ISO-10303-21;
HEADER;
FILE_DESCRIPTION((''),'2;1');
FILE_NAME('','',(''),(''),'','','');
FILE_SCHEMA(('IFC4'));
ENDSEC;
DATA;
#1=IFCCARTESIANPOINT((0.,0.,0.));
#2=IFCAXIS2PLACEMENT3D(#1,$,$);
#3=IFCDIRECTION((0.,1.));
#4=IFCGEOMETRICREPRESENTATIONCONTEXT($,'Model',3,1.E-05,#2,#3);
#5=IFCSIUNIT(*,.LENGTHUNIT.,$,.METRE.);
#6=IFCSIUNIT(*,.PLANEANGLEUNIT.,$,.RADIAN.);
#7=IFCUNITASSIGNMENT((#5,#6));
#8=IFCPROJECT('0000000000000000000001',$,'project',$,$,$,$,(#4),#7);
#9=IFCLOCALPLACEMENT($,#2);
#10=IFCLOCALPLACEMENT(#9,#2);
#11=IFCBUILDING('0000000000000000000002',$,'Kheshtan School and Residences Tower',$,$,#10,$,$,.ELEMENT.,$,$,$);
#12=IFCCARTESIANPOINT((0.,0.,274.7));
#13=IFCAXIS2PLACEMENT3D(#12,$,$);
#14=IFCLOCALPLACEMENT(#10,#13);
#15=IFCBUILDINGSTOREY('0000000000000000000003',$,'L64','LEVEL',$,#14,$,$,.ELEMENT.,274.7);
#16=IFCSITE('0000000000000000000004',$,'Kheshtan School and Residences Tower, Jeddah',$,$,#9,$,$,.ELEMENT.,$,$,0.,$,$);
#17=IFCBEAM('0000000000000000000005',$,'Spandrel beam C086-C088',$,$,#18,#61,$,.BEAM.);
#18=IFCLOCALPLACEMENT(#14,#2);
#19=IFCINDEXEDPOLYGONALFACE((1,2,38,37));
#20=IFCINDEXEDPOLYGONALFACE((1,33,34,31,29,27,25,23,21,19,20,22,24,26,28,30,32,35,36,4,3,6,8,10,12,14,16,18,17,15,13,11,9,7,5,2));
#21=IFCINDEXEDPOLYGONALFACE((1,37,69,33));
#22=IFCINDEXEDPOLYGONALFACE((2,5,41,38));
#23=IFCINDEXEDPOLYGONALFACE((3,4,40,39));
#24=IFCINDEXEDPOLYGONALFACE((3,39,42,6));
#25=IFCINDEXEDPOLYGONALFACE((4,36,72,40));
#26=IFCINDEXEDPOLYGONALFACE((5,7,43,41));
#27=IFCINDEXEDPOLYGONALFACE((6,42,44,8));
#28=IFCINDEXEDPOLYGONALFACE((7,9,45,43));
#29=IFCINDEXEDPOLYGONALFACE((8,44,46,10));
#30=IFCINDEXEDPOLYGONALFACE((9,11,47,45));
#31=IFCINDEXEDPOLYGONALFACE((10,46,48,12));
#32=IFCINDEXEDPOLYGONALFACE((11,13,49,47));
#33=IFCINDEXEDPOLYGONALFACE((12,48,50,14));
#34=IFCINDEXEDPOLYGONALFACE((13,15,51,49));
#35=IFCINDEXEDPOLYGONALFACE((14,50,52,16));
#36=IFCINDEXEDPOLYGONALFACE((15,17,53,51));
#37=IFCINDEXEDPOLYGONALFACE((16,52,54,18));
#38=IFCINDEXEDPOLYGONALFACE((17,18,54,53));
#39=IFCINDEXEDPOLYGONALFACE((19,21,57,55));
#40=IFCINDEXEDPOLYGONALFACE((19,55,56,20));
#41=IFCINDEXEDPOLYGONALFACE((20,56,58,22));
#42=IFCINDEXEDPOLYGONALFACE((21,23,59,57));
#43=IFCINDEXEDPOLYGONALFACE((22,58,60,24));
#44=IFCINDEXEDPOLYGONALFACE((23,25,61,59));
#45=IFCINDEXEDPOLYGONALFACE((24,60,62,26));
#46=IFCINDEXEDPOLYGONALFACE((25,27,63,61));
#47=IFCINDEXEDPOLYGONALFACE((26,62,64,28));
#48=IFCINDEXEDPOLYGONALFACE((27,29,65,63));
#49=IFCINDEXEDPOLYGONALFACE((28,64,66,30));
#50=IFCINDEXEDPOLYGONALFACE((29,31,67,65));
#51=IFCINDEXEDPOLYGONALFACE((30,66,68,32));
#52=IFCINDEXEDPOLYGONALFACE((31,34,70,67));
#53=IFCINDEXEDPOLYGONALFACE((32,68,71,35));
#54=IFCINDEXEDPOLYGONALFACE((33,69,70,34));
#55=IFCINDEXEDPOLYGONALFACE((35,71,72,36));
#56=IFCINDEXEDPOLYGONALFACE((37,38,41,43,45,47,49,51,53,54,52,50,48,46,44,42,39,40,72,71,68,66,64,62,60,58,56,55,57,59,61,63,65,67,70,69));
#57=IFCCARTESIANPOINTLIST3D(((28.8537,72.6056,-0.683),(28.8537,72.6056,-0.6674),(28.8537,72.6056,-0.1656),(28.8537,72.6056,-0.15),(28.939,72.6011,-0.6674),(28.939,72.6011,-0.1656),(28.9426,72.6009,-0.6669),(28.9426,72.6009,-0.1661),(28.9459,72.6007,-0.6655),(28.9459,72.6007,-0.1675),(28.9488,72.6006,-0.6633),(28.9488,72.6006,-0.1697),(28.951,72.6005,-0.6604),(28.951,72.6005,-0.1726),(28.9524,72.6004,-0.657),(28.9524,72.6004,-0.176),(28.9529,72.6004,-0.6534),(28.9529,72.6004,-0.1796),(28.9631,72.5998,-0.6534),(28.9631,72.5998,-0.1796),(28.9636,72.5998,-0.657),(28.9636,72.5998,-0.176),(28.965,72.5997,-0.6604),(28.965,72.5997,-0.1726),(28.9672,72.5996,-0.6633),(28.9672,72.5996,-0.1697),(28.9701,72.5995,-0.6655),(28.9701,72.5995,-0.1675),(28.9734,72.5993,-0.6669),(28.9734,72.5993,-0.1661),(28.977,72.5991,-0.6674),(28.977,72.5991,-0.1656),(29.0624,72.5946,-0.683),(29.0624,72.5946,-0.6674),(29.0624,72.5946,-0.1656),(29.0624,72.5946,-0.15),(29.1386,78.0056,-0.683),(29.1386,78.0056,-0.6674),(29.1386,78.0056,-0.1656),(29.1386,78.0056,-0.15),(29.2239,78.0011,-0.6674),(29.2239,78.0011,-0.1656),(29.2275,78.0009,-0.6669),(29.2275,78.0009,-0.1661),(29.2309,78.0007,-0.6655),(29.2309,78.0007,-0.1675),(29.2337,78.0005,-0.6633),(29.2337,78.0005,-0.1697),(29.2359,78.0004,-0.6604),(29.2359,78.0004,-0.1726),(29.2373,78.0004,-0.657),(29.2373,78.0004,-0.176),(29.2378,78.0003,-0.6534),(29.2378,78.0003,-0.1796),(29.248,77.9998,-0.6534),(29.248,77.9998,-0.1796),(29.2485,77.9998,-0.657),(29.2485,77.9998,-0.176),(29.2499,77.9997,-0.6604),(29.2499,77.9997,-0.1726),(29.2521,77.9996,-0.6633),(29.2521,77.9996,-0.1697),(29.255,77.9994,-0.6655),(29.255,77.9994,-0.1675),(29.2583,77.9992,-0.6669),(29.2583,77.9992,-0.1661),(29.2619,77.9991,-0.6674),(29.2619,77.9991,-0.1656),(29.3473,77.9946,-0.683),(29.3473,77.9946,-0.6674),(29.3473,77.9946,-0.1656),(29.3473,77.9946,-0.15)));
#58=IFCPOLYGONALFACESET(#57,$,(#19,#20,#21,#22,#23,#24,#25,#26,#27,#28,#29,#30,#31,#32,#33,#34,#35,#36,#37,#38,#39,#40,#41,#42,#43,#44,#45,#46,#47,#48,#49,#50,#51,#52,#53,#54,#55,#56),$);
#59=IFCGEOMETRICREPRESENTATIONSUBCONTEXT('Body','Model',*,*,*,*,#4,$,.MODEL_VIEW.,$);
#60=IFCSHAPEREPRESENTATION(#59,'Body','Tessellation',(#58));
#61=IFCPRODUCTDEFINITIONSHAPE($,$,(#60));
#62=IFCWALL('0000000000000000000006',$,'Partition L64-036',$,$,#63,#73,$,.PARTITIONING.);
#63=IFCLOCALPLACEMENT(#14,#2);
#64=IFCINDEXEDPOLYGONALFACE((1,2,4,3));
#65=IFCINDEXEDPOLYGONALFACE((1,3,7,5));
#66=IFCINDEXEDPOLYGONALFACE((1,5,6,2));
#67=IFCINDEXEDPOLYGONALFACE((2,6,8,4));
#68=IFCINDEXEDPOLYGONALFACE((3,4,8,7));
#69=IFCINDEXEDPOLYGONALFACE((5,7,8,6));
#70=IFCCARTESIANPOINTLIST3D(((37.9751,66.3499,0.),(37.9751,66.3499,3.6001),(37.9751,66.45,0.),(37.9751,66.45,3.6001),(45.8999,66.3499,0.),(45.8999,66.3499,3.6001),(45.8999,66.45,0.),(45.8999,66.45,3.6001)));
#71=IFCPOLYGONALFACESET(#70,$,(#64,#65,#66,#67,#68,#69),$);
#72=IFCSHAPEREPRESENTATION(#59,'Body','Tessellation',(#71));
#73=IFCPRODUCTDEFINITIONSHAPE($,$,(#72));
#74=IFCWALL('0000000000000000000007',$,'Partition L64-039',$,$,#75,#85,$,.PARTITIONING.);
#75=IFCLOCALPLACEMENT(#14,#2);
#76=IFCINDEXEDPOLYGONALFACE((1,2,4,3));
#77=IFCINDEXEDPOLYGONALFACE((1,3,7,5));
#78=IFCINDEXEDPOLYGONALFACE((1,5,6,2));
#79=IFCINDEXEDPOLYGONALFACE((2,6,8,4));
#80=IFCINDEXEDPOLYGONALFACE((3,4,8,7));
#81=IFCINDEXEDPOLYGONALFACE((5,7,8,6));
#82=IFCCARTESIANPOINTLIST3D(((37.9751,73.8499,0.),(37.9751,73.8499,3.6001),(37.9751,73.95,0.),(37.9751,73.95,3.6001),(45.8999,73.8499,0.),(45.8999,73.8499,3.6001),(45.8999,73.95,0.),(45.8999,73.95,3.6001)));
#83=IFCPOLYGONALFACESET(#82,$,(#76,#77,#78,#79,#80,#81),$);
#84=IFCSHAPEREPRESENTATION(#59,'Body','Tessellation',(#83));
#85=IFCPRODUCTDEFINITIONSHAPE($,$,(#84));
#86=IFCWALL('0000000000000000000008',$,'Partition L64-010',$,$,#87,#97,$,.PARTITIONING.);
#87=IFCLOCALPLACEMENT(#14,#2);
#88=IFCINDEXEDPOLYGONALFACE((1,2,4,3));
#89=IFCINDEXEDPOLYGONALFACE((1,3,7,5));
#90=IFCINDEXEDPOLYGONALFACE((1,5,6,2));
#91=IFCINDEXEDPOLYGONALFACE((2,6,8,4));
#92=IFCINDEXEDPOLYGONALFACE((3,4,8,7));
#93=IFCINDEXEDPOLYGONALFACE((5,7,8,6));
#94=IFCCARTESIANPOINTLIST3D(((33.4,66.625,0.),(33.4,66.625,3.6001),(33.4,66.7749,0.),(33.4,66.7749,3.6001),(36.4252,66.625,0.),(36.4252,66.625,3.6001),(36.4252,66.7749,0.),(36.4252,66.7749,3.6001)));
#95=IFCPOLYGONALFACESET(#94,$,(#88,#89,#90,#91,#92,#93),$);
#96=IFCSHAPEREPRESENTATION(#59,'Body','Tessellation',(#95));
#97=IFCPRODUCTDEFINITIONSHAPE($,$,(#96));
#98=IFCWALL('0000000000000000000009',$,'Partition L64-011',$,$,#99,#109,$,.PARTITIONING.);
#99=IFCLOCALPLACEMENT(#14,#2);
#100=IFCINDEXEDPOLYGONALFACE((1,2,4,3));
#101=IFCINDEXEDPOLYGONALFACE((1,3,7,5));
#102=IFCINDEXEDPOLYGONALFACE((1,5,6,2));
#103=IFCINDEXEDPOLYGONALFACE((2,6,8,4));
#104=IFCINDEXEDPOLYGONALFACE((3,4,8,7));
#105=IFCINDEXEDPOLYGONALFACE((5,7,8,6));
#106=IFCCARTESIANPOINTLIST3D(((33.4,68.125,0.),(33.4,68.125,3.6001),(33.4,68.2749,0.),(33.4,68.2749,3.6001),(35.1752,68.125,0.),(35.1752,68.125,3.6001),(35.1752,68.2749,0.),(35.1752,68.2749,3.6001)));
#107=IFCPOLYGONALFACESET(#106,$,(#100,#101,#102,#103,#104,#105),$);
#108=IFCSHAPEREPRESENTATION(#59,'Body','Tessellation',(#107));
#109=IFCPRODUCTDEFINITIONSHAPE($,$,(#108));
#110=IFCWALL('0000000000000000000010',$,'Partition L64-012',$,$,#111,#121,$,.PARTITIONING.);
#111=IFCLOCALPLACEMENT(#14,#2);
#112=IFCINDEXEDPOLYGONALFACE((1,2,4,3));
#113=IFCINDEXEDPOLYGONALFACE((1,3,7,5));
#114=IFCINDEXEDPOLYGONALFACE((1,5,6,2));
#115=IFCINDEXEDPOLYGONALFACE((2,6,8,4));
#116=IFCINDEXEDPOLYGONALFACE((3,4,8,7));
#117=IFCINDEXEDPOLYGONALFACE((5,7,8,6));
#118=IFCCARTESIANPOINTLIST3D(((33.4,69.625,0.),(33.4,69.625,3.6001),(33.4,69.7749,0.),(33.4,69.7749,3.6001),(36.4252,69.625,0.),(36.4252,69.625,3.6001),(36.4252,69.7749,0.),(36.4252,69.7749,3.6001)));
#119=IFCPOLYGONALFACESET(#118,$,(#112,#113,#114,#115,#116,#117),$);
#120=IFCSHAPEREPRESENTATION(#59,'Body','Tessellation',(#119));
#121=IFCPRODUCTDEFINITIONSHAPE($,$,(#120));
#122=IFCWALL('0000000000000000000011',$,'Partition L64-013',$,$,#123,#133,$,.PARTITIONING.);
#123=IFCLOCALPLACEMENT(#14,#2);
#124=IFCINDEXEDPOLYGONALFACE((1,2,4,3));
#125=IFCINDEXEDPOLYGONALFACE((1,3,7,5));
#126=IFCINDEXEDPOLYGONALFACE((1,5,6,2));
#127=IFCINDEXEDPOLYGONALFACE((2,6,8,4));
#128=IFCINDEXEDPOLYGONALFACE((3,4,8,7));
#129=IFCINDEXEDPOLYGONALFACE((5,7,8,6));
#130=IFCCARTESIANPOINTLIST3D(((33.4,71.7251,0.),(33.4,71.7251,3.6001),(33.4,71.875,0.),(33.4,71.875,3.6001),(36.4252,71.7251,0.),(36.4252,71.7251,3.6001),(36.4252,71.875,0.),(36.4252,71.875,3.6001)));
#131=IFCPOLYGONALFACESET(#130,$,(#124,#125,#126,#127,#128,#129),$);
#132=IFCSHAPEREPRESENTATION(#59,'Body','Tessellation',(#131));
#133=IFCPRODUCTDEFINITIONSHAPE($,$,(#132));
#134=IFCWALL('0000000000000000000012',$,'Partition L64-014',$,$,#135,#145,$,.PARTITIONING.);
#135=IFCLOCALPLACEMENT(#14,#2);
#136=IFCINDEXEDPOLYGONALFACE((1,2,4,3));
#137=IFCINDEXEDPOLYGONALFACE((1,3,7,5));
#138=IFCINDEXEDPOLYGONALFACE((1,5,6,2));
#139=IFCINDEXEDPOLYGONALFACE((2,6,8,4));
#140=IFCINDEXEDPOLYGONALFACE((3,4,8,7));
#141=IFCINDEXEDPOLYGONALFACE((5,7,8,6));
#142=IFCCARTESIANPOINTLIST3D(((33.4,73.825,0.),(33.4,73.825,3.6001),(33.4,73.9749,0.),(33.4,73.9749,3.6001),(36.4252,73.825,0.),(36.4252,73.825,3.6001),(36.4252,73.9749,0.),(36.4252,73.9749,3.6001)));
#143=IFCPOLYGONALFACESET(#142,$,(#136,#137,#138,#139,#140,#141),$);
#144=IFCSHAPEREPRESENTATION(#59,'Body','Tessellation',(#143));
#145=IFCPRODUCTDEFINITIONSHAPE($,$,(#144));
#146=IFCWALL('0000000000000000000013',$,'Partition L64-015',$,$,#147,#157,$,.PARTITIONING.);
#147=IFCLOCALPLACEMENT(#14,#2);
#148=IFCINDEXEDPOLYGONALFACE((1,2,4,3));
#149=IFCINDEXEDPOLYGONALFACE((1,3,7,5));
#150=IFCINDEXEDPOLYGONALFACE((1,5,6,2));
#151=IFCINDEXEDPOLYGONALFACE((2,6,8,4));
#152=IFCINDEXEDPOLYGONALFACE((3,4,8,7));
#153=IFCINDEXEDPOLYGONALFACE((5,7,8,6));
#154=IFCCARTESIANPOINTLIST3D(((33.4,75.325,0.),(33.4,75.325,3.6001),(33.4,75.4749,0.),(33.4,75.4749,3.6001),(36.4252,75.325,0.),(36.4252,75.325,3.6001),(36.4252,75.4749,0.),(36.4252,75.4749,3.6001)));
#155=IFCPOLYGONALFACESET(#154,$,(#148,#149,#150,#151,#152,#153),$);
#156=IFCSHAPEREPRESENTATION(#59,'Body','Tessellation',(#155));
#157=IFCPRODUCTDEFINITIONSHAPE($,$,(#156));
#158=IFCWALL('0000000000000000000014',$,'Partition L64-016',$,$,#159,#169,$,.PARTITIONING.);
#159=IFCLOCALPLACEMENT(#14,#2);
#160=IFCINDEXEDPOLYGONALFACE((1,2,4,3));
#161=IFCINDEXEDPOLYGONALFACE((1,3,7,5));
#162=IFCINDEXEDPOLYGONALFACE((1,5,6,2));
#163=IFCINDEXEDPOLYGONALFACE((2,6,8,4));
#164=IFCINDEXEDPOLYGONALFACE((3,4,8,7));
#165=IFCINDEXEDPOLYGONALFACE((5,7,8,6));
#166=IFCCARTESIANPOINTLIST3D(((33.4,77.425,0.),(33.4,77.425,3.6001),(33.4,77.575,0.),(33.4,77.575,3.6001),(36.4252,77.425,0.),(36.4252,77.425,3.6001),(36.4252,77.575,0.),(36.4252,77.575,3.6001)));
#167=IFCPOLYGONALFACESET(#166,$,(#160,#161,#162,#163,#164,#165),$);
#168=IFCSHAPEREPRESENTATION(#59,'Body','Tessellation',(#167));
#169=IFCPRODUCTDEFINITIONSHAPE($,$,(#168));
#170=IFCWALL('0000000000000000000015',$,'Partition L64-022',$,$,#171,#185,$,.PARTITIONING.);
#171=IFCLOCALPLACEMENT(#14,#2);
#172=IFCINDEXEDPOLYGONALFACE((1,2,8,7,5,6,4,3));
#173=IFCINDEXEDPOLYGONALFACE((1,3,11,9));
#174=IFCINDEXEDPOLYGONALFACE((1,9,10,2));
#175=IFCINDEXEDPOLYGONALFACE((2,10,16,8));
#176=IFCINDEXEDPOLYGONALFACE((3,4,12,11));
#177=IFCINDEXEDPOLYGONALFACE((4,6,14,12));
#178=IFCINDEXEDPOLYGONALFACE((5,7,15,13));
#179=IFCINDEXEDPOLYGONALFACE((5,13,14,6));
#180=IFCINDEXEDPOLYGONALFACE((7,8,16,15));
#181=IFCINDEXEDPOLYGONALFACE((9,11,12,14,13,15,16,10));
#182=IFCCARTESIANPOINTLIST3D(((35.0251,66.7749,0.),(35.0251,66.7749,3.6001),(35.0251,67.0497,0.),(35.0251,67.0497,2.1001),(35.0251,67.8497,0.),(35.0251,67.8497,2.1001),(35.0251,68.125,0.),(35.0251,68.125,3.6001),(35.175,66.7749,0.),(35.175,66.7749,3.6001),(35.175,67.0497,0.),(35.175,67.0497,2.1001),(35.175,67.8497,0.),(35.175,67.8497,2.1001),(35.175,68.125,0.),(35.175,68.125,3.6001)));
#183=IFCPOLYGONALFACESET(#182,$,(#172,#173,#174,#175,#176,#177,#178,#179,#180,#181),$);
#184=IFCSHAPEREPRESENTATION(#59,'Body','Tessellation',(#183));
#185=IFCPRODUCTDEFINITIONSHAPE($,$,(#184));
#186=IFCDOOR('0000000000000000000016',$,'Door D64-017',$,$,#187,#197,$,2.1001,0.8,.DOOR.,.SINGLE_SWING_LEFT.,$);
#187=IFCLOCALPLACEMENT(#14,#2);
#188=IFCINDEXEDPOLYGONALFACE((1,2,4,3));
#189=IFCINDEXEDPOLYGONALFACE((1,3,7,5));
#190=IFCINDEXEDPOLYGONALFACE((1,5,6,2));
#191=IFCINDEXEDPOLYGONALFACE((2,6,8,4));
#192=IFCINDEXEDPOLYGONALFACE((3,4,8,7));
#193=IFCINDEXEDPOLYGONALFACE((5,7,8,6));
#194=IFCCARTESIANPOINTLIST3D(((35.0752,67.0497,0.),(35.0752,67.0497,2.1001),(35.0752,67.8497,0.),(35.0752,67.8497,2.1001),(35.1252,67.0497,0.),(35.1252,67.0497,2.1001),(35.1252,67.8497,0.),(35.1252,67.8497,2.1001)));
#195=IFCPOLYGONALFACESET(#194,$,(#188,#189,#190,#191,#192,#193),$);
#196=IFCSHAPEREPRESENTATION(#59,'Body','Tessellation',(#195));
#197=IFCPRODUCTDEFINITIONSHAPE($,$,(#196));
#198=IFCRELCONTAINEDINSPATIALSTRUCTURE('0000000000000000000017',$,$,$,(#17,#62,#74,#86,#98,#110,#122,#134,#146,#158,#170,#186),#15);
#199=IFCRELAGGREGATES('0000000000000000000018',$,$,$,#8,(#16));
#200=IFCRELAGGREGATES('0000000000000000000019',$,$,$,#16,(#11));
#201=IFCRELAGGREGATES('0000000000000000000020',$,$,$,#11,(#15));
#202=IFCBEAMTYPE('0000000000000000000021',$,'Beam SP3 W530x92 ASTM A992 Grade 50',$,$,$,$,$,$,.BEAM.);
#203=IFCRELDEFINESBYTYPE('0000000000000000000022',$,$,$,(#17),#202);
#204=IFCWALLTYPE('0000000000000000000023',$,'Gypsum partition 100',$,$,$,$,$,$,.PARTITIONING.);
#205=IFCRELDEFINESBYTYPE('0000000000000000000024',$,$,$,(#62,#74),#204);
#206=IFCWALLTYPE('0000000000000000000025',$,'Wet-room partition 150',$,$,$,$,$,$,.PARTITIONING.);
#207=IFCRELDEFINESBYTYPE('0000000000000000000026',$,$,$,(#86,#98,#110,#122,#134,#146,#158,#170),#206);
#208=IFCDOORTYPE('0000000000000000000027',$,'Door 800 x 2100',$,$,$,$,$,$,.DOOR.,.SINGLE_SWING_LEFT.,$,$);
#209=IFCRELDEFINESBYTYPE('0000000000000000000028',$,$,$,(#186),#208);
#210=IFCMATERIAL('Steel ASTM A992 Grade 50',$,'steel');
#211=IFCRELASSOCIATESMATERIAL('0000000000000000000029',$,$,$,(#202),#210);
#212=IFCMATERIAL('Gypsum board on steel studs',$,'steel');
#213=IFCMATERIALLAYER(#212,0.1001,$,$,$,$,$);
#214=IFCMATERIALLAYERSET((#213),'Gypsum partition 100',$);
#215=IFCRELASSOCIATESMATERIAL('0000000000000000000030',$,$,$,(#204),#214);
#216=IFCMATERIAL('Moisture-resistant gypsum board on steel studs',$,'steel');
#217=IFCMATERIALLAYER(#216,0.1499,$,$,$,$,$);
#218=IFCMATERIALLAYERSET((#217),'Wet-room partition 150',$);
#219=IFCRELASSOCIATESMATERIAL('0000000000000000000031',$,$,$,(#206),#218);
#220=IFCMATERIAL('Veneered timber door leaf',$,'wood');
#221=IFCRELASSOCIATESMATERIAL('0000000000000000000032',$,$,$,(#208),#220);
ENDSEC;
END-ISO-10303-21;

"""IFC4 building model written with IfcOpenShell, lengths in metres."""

from ifc_helpers import new_model, si_unit, direction, frame, frame_2d, origin, origin_2d, place, context, subcontext, project, spatial, rectangle, i_section, extrude, source, transform, mapped, material, layer, layer_set, material_profile, profile_set, type_object, element, fill, save


model = new_model("IFC4")

# Units and contexts
model_context = context("Model", 3, precision=1e-05, world=origin(), true_north=direction((0.0, 1.0)))
body_context = subcontext(model_context, "Body", "Model", "MODEL_VIEW")
ifc_project = project(units=[si_unit("LENGTHUNIT", "METRE"), si_unit("PLANEANGLEUNIT", "RADIAN")], contexts=[model_context])

# Site, building, storey
site_placement = place(None, origin())
site = spatial("IfcSite", under=ifc_project, at=site_placement, Name="Kheshtan School and Residences Tower, Jeddah", CompositionType="ELEMENT", RefElevation=0.0)
building_placement = place(site_placement, origin())
building = spatial("IfcBuilding", under=site, at=building_placement, Name="Kheshtan School and Residences Tower", CompositionType="ELEMENT")
storey_placement = place(building_placement, frame((0.0, 0.0, 274.7)))
storey = spatial("IfcBuildingStorey", under=building, at=storey_placement, Name="L64", Description="LEVEL", CompositionType="ELEMENT", Elevation=274.7)

# Shared definitions
ifc_material_1 = material(Name="Steel ASTM A992 Grade 50", Category="steel")

# Beam
ifc_material_profile_1 = material_profile(ifc_material_1, i_section(OverallWidth=0.209, OverallDepth=0.533, WebThickness=0.0103, FlangeThickness=0.0156, FilletRadius=0.0139, at=origin_2d()), Name="W530x92")
ifc_profile_set_1 = profile_set([ifc_material_profile_1], Name="Steel ASTM A992 Grade 50")
beam_type_1 = type_object("IfcBeamType", Name="Beam SP3 W530x92 ASTM A992 Grade 50", PredefinedType="BEAM", material=ifc_profile_set_1)
beam_1_placement = place(storey_placement, frame((28.958, 72.6001, -0.4165), z_axis=(0.052689, 0.998611, 0.0), x_axis=(-0.998611, 0.052689, 0.0)))
element("IfcBeam", 1, at=beam_1_placement, inside=storey, type_object=beam_type_1, Name="Spandrel beam C086-C088", PredefinedType="BEAM", context=body_context, shape_type="SweptSolid", body=[
    extrude(i_section(OverallWidth=0.209, OverallDepth=0.533, WebThickness=0.0103, FlangeThickness=0.0156, FilletRadius=0.0139, at=origin_2d()), origin(), (0.0, 0.0, 1.0), 5.4075),
])

# Walls
ifc_material_2 = material(Name="Gypsum board on steel studs", Category="steel")
ifc_layer_1 = layer(ifc_material_2, 0.1001)
ifc_layer_set_1 = layer_set([ifc_layer_1], Name="Gypsum partition 100")
wall_type_1 = type_object("IfcWallType", Name="Gypsum partition 100", PredefinedType="PARTITIONING", material=ifc_layer_set_1)
for number, where, z_axis, x_axis, name in (
    (2, (37.9751, 66.3999, 0.0), (0.0, 0.0, 1.0), (1.0, 0.0, 0.0), "Partition L64-036"),
    (3, (37.9751, 73.8999, 0.0), (0.0, 0.0, 1.0), (1.0, 0.0, 0.0), "Partition L64-039"),
):
    element("IfcWall", number, at=place(storey_placement, frame(where, z_axis=z_axis, x_axis=x_axis)), inside=storey, type_object=wall_type_1, Name=name, PredefinedType="PARTITIONING", context=body_context, shape_type="SweptSolid", body=[
        extrude(rectangle(XDim=7.9248, YDim=0.1001, at=frame_2d((3.9624, 0.0))), origin(), (0.0, 0.0, 1.0), 3.6001),
    ])
ifc_material_3 = material(Name="Moisture-resistant gypsum board on steel studs", Category="steel")
ifc_layer_2 = layer(ifc_material_3, 0.1499)
ifc_layer_set_2 = layer_set([ifc_layer_2], Name="Wet-room partition 150")
wall_type_2 = type_object("IfcWallType", Name="Wet-room partition 150", PredefinedType="PARTITIONING", material=ifc_layer_set_2)
wall_1_placement = place(storey_placement, frame((33.3999, 66.7, 0.0), z_axis=(0.0, 0.0, 1.0), x_axis=(1.0, 0.0, 0.0)))
element("IfcWall", 4, at=wall_1_placement, inside=storey, type_object=wall_type_2, Name="Partition L64-010", PredefinedType="PARTITIONING", context=body_context, shape_type="SweptSolid", body=[
    extrude(rectangle(XDim=3.0251, YDim=0.1499, at=frame_2d((1.5127, 0.0))), origin(), (0.0, 0.0, 1.0), 3.6001),
])
wall_2_placement = place(storey_placement, frame((33.3999, 68.2, 0.0), z_axis=(0.0, 0.0, 1.0), x_axis=(1.0, 0.0, 0.0)))
element("IfcWall", 5, at=wall_2_placement, inside=storey, type_object=wall_type_2, Name="Partition L64-011", PredefinedType="PARTITIONING", context=body_context, shape_type="SweptSolid", body=[
    extrude(rectangle(XDim=1.7751, YDim=0.1499, at=frame_2d((0.8877, 0.0))), origin(), (0.0, 0.0, 1.0), 3.6001),
])
for number, where, z_axis, x_axis, name in (
    (6, (33.3999, 69.7, 0.0), (0.0, 0.0, 1.0), (1.0, 0.0, 0.0), "Partition L64-012"),
    (7, (33.3999, 71.8, 0.0), (0.0, 0.0, 1.0), (1.0, 0.0, 0.0), "Partition L64-013"),
    (8, (33.3999, 73.8999, 0.0), (0.0, 0.0, 1.0), (1.0, 0.0, 0.0), "Partition L64-014"),
    (9, (33.3999, 75.3999, 0.0), (0.0, 0.0, 1.0), (1.0, 0.0, 0.0), "Partition L64-015"),
    (10, (33.3999, 77.5, 0.0), (0.0, 0.0, 1.0), (1.0, 0.0, 0.0), "Partition L64-016"),
):
    element("IfcWall", number, at=place(storey_placement, frame(where, z_axis=z_axis, x_axis=x_axis)), inside=storey, type_object=wall_type_2, Name=name, PredefinedType="PARTITIONING", context=body_context, shape_type="SweptSolid", body=[
        extrude(rectangle(XDim=3.0251, YDim=0.1499, at=frame_2d((1.5127, 0.0))), origin(), (0.0, 0.0, 1.0), 3.6001),
    ])

# Wall, opening, door
wall_3_placement = place(storey_placement, frame((35.1001, 66.7749, 0.0), z_axis=(0.0, 0.0, 1.0), x_axis=(0.0, 1.0, 0.0)))
wall_3 = element("IfcWall", 11, at=wall_3_placement, inside=storey, type_object=wall_type_2, Name="Partition L64-022", PredefinedType="PARTITIONING", context=body_context, shape_type="SweptSolid", body=[
    extrude(rectangle(XDim=1.3501, YDim=0.1499, at=frame_2d((0.675, 0.0))), origin(), (0.0, 0.0, 1.0), 3.6001),
])
opening_placement = place(wall_3_placement, frame((0.2749, 0.0, 0.0)))
opening = element("IfcOpeningElement", 12, at=opening_placement, cuts=wall_3, PredefinedType="OPENING", context=body_context, shape_type="SweptSolid", body=[
    extrude(rectangle(XDim=0.8, YDim=2.1001, at=frame_2d((0.3999, 1.05))), frame((0.0, 0.085, 0.0), z_axis=(0.0, -1.0, 0.0), x_axis=(1.0, 0.0, 0.0)), (0.0, 0.0, 1.0), 0.1699),
])
ifc_material_4 = material(Name="Veneered timber door leaf", Category="wood")
door_type = type_object("IfcDoorType", Name="Door 800 x 2100", OperationType="SINGLE_SWING_LEFT", PredefinedType="DOOR", material=ifc_material_4)
shared_shape = source(origin(), body_context, "Body", "SweptSolid", [
    extrude(rectangle(XDim=0.8, YDim=2.1001, at=frame_2d((0.3999, 1.05))), frame((0.0, 0.0249, 0.0), z_axis=(0.0, -1.0, 0.0), x_axis=(1.0, 0.0, 0.0)), (0.0, 0.0, 1.0), 0.05),
])
door_placement = place(opening_placement, origin())
door = element("IfcDoor", 13, at=door_placement, inside=storey, type_object=door_type, Name="Door D64-017", OperationType="SINGLE_SWING_LEFT", OverallHeight=2.1001, OverallWidth=0.8, PredefinedType="DOOR", context=body_context, shape_type="MappedRepresentation", body=[
    mapped(shared_shape, transform((0.0, 0.0, 0.0), x_axis=(1.0, 0.0, 0.0), y_axis=(0.0, 1.0, 0.0), z_axis=(0.0, 0.0, 1.0), scale=1.0)),
])
fill(opening, door)

save(model, "model.ifc")
